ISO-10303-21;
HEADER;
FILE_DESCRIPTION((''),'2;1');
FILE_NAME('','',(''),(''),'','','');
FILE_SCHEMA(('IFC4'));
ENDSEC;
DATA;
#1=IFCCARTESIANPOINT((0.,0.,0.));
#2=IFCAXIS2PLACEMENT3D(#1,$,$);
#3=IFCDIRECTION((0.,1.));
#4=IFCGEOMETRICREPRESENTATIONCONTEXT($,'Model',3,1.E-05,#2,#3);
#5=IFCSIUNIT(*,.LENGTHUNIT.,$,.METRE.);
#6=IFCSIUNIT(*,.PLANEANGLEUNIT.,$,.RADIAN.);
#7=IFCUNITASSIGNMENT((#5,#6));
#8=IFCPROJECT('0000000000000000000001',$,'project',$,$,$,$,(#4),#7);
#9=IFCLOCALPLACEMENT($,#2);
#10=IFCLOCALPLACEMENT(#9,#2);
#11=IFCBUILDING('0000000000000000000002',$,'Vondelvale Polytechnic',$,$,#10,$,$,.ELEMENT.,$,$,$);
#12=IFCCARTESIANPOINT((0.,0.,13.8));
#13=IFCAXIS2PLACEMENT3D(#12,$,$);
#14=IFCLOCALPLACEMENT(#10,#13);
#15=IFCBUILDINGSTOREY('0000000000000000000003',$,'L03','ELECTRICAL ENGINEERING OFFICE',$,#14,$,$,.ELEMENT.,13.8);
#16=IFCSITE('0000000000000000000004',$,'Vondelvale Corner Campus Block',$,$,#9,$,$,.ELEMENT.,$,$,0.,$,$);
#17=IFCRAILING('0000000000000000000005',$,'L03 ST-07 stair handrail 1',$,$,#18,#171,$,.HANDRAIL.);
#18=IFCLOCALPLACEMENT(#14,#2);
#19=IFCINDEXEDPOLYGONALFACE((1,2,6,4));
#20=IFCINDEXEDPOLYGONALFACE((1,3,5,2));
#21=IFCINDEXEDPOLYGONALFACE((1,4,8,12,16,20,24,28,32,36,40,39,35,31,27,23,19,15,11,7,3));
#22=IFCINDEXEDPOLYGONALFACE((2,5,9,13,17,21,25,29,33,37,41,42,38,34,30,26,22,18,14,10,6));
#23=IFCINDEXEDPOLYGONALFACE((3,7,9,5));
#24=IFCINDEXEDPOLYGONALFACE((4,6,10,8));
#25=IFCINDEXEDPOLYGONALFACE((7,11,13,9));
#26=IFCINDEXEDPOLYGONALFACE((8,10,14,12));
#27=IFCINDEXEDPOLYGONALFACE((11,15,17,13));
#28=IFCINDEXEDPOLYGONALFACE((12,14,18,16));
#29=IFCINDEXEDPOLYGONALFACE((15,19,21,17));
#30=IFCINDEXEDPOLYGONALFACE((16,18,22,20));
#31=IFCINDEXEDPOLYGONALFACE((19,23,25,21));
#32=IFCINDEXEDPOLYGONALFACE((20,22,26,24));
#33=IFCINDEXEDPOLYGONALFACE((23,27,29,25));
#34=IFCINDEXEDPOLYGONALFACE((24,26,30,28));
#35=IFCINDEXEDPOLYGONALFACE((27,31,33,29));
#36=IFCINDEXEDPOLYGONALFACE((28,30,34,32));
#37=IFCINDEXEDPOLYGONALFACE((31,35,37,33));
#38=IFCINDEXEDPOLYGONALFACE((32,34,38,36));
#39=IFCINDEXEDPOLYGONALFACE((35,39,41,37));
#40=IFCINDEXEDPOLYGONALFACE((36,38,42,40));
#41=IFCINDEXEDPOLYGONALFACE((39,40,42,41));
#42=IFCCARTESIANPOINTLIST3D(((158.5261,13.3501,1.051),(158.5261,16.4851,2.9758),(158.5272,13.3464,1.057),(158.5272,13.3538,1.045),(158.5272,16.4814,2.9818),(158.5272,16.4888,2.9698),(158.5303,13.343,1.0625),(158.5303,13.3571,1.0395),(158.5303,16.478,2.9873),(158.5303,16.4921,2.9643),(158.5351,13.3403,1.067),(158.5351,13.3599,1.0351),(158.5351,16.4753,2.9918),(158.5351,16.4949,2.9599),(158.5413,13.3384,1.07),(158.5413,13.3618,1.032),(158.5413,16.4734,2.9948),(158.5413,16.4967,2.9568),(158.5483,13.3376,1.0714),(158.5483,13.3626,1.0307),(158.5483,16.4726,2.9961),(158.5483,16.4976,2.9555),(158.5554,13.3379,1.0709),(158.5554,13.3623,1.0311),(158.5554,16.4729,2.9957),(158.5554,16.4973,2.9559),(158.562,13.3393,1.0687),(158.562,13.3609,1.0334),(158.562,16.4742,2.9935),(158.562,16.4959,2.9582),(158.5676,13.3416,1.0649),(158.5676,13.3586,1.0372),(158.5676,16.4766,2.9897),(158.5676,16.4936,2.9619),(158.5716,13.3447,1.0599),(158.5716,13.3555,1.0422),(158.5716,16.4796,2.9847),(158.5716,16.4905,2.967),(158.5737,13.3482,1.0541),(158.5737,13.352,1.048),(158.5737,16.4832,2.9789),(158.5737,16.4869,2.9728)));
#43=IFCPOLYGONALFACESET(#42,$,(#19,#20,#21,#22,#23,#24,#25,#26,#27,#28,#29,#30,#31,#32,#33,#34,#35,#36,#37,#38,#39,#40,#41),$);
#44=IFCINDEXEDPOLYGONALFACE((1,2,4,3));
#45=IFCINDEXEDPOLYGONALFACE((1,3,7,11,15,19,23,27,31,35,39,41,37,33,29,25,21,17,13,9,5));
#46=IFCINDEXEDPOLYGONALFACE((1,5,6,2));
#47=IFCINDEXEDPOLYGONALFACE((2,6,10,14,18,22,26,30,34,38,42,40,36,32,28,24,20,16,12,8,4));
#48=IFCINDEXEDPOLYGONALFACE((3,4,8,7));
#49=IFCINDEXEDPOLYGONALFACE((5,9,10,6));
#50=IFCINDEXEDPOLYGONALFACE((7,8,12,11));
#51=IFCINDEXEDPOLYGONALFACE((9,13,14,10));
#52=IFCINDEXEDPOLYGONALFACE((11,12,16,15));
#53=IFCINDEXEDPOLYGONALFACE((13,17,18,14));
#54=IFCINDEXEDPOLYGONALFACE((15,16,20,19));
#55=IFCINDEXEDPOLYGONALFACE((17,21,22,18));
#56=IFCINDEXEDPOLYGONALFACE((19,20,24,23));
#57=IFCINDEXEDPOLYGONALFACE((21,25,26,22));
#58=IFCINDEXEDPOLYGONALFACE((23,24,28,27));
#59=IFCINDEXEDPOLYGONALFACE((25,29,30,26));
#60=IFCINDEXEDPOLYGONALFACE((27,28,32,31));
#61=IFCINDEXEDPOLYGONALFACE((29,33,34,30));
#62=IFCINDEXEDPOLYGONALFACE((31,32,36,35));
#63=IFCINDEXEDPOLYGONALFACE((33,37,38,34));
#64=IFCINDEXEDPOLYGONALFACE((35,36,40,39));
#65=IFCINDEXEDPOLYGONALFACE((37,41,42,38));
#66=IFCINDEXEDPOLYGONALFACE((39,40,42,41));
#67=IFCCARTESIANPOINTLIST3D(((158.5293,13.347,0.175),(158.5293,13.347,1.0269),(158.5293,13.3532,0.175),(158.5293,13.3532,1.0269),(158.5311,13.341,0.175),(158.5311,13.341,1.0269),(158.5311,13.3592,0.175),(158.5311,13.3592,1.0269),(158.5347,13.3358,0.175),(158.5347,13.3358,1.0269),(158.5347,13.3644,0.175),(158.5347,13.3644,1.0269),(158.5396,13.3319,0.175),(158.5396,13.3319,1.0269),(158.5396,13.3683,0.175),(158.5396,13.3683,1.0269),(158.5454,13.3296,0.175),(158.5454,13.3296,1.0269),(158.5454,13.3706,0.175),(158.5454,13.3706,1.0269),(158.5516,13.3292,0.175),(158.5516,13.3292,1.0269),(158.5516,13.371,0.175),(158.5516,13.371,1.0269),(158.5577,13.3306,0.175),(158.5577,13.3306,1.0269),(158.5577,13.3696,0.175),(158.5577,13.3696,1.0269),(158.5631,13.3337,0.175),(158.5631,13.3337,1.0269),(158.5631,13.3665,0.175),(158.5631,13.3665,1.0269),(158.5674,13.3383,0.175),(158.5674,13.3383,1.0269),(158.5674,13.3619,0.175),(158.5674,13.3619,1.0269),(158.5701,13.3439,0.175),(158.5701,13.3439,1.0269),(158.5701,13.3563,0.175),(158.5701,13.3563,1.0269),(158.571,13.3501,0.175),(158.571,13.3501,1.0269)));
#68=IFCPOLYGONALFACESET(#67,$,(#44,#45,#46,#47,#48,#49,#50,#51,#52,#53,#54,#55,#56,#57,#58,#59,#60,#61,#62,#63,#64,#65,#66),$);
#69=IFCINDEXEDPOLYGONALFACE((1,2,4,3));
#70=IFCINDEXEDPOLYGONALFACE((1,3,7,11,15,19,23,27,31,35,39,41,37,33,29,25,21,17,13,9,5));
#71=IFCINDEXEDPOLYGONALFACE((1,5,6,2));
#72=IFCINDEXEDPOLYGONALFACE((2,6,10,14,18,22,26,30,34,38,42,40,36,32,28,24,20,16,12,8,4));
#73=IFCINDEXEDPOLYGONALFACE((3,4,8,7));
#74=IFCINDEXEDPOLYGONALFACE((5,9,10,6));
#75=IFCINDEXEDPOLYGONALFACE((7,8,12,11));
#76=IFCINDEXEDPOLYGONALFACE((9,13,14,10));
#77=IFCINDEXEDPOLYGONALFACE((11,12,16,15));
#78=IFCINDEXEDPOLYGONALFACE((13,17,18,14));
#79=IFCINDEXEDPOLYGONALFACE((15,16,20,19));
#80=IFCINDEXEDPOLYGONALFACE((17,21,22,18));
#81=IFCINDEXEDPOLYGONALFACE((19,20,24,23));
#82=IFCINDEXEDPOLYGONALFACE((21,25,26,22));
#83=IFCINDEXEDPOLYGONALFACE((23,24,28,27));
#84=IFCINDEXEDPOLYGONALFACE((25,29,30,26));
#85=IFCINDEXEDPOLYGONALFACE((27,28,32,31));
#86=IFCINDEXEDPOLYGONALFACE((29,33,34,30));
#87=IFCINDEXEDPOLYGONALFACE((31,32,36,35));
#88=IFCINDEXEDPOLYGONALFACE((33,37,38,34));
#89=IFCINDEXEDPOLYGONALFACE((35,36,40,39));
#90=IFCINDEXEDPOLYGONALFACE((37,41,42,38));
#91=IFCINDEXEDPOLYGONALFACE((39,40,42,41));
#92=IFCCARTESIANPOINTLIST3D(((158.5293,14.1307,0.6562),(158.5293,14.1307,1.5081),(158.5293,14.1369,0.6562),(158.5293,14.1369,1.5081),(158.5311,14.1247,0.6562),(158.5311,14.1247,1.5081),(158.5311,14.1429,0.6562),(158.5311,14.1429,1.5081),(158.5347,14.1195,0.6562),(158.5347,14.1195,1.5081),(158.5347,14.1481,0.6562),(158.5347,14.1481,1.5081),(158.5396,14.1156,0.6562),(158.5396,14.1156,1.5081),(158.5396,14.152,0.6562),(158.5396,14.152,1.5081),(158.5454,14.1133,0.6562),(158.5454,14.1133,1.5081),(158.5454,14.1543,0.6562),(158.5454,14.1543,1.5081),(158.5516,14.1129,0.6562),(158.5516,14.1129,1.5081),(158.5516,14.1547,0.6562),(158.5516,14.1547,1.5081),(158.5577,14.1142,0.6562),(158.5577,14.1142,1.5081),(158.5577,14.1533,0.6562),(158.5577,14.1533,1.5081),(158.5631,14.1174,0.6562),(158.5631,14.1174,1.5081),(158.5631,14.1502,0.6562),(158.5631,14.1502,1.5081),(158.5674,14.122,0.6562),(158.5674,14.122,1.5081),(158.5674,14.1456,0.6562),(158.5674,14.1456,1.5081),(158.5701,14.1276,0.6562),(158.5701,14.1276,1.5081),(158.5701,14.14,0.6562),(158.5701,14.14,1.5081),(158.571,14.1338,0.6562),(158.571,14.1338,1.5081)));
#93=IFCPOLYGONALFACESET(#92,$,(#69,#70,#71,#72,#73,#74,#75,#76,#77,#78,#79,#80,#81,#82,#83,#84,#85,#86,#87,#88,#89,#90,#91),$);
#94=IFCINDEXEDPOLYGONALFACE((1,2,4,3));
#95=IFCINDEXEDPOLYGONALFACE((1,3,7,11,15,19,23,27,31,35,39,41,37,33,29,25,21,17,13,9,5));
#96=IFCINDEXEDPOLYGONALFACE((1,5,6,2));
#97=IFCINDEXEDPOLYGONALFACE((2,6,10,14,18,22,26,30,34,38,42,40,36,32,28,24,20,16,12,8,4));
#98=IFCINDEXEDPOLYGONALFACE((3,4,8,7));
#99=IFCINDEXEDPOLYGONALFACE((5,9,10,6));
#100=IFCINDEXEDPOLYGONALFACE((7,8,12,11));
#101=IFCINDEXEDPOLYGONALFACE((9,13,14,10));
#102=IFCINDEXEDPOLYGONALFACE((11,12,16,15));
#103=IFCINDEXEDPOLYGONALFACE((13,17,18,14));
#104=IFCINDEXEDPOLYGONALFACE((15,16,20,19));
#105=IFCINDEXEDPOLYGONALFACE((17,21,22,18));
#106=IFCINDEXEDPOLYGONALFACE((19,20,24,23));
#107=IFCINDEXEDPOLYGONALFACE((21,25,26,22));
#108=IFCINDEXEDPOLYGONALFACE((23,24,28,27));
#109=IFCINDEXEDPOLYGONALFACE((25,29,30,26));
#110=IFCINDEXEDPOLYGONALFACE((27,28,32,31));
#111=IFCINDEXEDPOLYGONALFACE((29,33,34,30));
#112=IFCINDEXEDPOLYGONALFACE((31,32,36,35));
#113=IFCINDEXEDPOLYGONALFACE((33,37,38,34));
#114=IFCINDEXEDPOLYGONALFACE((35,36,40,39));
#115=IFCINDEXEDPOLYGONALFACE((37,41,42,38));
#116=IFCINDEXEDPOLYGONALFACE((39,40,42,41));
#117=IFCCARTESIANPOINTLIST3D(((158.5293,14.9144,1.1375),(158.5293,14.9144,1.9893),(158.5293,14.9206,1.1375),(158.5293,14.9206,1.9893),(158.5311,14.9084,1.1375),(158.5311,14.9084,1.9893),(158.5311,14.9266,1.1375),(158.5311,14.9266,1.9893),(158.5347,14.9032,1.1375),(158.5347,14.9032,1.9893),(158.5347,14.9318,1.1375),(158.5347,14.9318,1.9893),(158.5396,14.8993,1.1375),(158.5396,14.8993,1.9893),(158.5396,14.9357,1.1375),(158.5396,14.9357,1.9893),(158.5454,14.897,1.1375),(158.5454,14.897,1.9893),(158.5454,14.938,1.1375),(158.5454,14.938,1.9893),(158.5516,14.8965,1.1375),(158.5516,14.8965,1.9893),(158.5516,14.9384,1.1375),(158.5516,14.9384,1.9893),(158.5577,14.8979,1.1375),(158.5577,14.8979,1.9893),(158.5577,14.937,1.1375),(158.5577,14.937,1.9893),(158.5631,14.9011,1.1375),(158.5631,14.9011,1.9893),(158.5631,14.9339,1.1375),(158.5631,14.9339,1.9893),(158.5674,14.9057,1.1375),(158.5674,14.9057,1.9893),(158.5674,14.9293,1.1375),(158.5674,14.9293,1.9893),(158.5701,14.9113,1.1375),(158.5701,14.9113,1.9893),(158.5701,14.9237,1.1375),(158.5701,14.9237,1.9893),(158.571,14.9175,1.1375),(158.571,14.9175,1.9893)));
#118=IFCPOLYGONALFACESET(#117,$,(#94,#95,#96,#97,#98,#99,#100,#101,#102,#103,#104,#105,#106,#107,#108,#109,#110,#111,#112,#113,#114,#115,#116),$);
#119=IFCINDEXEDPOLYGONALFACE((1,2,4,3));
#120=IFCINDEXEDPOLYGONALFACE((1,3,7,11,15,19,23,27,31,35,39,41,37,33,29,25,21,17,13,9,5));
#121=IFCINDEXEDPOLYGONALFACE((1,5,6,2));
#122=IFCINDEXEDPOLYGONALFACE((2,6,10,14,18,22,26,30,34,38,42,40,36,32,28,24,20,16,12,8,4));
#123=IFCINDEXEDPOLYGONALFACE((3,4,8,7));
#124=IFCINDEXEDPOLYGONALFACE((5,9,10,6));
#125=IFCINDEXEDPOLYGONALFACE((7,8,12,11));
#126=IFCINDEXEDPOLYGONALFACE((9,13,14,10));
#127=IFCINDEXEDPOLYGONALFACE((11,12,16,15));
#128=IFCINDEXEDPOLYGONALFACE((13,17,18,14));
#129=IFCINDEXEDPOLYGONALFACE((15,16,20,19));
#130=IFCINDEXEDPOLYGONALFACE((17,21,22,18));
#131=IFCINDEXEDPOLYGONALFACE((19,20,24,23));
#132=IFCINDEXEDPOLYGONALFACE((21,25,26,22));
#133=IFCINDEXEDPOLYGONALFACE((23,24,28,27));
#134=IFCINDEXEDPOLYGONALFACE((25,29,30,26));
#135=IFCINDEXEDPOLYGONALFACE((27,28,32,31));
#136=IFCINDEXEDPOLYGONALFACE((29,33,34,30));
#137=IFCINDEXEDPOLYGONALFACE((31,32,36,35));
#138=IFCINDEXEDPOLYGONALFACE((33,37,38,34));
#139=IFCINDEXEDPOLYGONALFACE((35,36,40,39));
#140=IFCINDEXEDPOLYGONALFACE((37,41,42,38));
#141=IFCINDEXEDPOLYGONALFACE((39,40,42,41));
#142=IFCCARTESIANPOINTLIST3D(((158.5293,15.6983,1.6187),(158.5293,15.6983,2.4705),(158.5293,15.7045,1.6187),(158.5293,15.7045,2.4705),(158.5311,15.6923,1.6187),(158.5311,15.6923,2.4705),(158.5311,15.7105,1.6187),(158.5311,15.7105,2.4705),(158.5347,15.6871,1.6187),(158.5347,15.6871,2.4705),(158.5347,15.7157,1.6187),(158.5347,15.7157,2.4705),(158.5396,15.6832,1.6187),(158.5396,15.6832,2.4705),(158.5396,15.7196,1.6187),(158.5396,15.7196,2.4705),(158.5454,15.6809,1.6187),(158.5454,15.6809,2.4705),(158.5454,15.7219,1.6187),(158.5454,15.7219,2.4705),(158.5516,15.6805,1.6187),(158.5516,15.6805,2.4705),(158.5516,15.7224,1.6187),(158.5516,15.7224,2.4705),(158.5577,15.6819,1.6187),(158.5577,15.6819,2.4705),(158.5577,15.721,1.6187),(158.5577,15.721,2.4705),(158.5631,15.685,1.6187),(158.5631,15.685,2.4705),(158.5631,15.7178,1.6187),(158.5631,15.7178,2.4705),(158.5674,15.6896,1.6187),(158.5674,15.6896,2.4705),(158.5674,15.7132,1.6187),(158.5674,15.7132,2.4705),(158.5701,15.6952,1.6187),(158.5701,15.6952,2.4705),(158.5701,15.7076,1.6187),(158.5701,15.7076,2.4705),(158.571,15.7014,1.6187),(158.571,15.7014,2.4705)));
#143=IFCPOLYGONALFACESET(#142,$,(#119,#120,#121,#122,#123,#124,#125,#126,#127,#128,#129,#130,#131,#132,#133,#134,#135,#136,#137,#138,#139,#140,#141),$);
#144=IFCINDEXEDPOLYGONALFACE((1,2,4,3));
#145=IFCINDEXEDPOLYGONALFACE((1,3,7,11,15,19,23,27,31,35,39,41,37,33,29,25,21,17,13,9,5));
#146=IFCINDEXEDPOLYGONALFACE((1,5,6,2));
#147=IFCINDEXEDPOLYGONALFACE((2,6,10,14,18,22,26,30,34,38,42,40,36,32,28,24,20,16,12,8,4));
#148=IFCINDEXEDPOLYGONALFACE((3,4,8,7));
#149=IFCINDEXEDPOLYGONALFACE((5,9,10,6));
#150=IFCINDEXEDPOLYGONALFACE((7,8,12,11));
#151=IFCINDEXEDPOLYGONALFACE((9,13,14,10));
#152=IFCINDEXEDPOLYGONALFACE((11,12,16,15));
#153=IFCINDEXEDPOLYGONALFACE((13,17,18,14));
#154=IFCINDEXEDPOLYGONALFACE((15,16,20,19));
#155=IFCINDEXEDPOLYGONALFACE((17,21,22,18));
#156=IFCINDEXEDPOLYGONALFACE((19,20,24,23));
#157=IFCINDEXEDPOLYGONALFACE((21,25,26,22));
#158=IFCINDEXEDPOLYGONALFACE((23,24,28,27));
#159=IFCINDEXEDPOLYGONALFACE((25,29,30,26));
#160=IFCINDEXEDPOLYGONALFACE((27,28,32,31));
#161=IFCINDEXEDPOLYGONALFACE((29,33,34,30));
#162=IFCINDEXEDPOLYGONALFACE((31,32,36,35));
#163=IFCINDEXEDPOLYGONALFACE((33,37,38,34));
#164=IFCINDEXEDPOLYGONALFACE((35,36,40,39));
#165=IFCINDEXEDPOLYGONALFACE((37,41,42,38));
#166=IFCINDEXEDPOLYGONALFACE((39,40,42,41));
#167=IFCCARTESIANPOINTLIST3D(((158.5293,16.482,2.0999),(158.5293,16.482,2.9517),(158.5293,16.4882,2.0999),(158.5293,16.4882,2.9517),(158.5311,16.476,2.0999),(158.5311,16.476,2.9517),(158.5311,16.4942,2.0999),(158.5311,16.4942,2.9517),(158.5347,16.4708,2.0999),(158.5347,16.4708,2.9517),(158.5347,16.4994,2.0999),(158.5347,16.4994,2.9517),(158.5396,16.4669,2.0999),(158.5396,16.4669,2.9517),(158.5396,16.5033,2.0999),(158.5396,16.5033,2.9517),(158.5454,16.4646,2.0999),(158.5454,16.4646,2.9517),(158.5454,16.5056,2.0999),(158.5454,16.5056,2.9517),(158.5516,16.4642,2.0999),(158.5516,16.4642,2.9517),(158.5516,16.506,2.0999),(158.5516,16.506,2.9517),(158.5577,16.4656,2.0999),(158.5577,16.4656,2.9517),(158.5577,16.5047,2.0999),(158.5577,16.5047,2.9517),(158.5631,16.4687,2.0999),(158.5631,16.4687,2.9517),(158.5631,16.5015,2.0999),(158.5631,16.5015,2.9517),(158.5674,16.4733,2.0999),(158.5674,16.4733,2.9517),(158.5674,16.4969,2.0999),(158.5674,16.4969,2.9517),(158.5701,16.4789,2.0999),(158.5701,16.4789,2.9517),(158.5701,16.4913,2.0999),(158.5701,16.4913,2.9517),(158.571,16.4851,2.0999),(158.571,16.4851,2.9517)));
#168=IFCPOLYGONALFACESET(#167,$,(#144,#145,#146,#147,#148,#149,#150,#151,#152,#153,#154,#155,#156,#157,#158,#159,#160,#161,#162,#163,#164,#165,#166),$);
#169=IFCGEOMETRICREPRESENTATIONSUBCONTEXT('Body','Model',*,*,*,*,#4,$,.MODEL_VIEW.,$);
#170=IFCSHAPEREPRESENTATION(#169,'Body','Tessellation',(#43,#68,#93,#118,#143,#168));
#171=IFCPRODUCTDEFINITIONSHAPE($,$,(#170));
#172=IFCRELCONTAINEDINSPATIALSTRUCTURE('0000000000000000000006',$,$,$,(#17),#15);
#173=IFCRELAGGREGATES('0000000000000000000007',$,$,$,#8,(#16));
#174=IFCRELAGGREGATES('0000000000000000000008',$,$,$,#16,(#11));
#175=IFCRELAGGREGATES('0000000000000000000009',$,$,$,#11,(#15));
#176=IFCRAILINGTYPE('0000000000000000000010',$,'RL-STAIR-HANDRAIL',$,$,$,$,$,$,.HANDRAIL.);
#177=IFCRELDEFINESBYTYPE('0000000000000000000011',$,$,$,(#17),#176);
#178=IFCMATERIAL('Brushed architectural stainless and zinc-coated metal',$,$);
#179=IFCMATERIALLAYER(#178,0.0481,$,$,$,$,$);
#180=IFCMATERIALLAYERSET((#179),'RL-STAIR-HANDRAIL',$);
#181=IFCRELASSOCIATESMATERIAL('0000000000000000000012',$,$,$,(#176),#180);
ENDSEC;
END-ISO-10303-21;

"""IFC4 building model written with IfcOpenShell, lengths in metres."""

from ifc_helpers import new_model, si_unit, direction, frame, origin, origin_2d, place, context, subcontext, project, spatial, circle, extrude, material, layer, layer_set, type_object, element, save


model = new_model("IFC4")

# Units and contexts
model_context = context("Model", 3, precision=1e-05, world=origin(), true_north=direction((0.0, 1.0)))
body_context = subcontext(model_context, "Body", "Model", "MODEL_VIEW")
ifc_project = project(units=[si_unit("LENGTHUNIT", "METRE"), si_unit("PLANEANGLEUNIT", "RADIAN")], contexts=[model_context])

# Site, building, storey
site_placement = place(None, origin())
site = spatial("IfcSite", under=ifc_project, at=site_placement, Name="Vondelvale Corner Campus Block", CompositionType="ELEMENT", RefElevation=0.0)
building_placement = place(site_placement, origin())
building = spatial("IfcBuilding", under=site, at=building_placement, Name="Vondelvale Polytechnic", CompositionType="ELEMENT")
storey_placement = place(building_placement, frame((0.0, 0.0, 13.8)))
storey = spatial("IfcBuildingStorey", under=building, at=storey_placement, Name="L03", Description="ELECTRICAL ENGINEERING OFFICE", CompositionType="ELEMENT", Elevation=13.8)

# Shared definitions
ifc_material_1 = material(Name="Brushed architectural stainless and zinc-coated metal")

# Railing
ifc_layer_1 = layer(ifc_material_1, 0.0481)
ifc_layer_set_1 = layer_set([ifc_layer_1], Name="RL-STAIR-HANDRAIL")
railing_type_1 = type_object("IfcRailingType", Name="RL-STAIR-HANDRAIL", PredefinedType="HANDRAIL", material=ifc_layer_set_1)
railing_1_placement = place(storey_placement, frame((158.55, 13.3501, 0.175)))
element("IfcRailing", 1, at=railing_1_placement, inside=storey, type_object=railing_type_1, Name="L03 ST-07 stair handrail 1", PredefinedType="HANDRAIL", context=body_context, shape_type="SweptSolid", body=[
    extrude(circle(Radius=0.0239, at=origin_2d()), frame((0.0, 0.0, 0.876), z_axis=(0.0, 0.852196, 0.523223), x_axis=(-1.0, 0.0, 0.0)), (0.0, 0.0, 1.0), 3.6787),
    extrude(circle(Radius=0.021, at=origin_2d()), origin(), (0.0, 0.0, 1.0), 0.8518),
    extrude(circle(Radius=0.021, at=origin_2d()), frame((0.0, 0.7837, 0.4812)), (0.0, 0.0, 1.0), 0.8518),
    extrude(circle(Radius=0.021, at=origin_2d()), frame((0.0, 1.5674, 0.9624)), (0.0, 0.0, 1.0), 0.8518),
    extrude(circle(Radius=0.021, at=origin_2d()), frame((0.0, 2.3513, 1.4436)), (0.0, 0.0, 1.0), 0.8518),
    extrude(circle(Radius=0.021, at=origin_2d()), frame((0.0, 3.135, 1.9248)), (0.0, 0.0, 1.0), 0.8518),
])

save(model, "model.ifc")
